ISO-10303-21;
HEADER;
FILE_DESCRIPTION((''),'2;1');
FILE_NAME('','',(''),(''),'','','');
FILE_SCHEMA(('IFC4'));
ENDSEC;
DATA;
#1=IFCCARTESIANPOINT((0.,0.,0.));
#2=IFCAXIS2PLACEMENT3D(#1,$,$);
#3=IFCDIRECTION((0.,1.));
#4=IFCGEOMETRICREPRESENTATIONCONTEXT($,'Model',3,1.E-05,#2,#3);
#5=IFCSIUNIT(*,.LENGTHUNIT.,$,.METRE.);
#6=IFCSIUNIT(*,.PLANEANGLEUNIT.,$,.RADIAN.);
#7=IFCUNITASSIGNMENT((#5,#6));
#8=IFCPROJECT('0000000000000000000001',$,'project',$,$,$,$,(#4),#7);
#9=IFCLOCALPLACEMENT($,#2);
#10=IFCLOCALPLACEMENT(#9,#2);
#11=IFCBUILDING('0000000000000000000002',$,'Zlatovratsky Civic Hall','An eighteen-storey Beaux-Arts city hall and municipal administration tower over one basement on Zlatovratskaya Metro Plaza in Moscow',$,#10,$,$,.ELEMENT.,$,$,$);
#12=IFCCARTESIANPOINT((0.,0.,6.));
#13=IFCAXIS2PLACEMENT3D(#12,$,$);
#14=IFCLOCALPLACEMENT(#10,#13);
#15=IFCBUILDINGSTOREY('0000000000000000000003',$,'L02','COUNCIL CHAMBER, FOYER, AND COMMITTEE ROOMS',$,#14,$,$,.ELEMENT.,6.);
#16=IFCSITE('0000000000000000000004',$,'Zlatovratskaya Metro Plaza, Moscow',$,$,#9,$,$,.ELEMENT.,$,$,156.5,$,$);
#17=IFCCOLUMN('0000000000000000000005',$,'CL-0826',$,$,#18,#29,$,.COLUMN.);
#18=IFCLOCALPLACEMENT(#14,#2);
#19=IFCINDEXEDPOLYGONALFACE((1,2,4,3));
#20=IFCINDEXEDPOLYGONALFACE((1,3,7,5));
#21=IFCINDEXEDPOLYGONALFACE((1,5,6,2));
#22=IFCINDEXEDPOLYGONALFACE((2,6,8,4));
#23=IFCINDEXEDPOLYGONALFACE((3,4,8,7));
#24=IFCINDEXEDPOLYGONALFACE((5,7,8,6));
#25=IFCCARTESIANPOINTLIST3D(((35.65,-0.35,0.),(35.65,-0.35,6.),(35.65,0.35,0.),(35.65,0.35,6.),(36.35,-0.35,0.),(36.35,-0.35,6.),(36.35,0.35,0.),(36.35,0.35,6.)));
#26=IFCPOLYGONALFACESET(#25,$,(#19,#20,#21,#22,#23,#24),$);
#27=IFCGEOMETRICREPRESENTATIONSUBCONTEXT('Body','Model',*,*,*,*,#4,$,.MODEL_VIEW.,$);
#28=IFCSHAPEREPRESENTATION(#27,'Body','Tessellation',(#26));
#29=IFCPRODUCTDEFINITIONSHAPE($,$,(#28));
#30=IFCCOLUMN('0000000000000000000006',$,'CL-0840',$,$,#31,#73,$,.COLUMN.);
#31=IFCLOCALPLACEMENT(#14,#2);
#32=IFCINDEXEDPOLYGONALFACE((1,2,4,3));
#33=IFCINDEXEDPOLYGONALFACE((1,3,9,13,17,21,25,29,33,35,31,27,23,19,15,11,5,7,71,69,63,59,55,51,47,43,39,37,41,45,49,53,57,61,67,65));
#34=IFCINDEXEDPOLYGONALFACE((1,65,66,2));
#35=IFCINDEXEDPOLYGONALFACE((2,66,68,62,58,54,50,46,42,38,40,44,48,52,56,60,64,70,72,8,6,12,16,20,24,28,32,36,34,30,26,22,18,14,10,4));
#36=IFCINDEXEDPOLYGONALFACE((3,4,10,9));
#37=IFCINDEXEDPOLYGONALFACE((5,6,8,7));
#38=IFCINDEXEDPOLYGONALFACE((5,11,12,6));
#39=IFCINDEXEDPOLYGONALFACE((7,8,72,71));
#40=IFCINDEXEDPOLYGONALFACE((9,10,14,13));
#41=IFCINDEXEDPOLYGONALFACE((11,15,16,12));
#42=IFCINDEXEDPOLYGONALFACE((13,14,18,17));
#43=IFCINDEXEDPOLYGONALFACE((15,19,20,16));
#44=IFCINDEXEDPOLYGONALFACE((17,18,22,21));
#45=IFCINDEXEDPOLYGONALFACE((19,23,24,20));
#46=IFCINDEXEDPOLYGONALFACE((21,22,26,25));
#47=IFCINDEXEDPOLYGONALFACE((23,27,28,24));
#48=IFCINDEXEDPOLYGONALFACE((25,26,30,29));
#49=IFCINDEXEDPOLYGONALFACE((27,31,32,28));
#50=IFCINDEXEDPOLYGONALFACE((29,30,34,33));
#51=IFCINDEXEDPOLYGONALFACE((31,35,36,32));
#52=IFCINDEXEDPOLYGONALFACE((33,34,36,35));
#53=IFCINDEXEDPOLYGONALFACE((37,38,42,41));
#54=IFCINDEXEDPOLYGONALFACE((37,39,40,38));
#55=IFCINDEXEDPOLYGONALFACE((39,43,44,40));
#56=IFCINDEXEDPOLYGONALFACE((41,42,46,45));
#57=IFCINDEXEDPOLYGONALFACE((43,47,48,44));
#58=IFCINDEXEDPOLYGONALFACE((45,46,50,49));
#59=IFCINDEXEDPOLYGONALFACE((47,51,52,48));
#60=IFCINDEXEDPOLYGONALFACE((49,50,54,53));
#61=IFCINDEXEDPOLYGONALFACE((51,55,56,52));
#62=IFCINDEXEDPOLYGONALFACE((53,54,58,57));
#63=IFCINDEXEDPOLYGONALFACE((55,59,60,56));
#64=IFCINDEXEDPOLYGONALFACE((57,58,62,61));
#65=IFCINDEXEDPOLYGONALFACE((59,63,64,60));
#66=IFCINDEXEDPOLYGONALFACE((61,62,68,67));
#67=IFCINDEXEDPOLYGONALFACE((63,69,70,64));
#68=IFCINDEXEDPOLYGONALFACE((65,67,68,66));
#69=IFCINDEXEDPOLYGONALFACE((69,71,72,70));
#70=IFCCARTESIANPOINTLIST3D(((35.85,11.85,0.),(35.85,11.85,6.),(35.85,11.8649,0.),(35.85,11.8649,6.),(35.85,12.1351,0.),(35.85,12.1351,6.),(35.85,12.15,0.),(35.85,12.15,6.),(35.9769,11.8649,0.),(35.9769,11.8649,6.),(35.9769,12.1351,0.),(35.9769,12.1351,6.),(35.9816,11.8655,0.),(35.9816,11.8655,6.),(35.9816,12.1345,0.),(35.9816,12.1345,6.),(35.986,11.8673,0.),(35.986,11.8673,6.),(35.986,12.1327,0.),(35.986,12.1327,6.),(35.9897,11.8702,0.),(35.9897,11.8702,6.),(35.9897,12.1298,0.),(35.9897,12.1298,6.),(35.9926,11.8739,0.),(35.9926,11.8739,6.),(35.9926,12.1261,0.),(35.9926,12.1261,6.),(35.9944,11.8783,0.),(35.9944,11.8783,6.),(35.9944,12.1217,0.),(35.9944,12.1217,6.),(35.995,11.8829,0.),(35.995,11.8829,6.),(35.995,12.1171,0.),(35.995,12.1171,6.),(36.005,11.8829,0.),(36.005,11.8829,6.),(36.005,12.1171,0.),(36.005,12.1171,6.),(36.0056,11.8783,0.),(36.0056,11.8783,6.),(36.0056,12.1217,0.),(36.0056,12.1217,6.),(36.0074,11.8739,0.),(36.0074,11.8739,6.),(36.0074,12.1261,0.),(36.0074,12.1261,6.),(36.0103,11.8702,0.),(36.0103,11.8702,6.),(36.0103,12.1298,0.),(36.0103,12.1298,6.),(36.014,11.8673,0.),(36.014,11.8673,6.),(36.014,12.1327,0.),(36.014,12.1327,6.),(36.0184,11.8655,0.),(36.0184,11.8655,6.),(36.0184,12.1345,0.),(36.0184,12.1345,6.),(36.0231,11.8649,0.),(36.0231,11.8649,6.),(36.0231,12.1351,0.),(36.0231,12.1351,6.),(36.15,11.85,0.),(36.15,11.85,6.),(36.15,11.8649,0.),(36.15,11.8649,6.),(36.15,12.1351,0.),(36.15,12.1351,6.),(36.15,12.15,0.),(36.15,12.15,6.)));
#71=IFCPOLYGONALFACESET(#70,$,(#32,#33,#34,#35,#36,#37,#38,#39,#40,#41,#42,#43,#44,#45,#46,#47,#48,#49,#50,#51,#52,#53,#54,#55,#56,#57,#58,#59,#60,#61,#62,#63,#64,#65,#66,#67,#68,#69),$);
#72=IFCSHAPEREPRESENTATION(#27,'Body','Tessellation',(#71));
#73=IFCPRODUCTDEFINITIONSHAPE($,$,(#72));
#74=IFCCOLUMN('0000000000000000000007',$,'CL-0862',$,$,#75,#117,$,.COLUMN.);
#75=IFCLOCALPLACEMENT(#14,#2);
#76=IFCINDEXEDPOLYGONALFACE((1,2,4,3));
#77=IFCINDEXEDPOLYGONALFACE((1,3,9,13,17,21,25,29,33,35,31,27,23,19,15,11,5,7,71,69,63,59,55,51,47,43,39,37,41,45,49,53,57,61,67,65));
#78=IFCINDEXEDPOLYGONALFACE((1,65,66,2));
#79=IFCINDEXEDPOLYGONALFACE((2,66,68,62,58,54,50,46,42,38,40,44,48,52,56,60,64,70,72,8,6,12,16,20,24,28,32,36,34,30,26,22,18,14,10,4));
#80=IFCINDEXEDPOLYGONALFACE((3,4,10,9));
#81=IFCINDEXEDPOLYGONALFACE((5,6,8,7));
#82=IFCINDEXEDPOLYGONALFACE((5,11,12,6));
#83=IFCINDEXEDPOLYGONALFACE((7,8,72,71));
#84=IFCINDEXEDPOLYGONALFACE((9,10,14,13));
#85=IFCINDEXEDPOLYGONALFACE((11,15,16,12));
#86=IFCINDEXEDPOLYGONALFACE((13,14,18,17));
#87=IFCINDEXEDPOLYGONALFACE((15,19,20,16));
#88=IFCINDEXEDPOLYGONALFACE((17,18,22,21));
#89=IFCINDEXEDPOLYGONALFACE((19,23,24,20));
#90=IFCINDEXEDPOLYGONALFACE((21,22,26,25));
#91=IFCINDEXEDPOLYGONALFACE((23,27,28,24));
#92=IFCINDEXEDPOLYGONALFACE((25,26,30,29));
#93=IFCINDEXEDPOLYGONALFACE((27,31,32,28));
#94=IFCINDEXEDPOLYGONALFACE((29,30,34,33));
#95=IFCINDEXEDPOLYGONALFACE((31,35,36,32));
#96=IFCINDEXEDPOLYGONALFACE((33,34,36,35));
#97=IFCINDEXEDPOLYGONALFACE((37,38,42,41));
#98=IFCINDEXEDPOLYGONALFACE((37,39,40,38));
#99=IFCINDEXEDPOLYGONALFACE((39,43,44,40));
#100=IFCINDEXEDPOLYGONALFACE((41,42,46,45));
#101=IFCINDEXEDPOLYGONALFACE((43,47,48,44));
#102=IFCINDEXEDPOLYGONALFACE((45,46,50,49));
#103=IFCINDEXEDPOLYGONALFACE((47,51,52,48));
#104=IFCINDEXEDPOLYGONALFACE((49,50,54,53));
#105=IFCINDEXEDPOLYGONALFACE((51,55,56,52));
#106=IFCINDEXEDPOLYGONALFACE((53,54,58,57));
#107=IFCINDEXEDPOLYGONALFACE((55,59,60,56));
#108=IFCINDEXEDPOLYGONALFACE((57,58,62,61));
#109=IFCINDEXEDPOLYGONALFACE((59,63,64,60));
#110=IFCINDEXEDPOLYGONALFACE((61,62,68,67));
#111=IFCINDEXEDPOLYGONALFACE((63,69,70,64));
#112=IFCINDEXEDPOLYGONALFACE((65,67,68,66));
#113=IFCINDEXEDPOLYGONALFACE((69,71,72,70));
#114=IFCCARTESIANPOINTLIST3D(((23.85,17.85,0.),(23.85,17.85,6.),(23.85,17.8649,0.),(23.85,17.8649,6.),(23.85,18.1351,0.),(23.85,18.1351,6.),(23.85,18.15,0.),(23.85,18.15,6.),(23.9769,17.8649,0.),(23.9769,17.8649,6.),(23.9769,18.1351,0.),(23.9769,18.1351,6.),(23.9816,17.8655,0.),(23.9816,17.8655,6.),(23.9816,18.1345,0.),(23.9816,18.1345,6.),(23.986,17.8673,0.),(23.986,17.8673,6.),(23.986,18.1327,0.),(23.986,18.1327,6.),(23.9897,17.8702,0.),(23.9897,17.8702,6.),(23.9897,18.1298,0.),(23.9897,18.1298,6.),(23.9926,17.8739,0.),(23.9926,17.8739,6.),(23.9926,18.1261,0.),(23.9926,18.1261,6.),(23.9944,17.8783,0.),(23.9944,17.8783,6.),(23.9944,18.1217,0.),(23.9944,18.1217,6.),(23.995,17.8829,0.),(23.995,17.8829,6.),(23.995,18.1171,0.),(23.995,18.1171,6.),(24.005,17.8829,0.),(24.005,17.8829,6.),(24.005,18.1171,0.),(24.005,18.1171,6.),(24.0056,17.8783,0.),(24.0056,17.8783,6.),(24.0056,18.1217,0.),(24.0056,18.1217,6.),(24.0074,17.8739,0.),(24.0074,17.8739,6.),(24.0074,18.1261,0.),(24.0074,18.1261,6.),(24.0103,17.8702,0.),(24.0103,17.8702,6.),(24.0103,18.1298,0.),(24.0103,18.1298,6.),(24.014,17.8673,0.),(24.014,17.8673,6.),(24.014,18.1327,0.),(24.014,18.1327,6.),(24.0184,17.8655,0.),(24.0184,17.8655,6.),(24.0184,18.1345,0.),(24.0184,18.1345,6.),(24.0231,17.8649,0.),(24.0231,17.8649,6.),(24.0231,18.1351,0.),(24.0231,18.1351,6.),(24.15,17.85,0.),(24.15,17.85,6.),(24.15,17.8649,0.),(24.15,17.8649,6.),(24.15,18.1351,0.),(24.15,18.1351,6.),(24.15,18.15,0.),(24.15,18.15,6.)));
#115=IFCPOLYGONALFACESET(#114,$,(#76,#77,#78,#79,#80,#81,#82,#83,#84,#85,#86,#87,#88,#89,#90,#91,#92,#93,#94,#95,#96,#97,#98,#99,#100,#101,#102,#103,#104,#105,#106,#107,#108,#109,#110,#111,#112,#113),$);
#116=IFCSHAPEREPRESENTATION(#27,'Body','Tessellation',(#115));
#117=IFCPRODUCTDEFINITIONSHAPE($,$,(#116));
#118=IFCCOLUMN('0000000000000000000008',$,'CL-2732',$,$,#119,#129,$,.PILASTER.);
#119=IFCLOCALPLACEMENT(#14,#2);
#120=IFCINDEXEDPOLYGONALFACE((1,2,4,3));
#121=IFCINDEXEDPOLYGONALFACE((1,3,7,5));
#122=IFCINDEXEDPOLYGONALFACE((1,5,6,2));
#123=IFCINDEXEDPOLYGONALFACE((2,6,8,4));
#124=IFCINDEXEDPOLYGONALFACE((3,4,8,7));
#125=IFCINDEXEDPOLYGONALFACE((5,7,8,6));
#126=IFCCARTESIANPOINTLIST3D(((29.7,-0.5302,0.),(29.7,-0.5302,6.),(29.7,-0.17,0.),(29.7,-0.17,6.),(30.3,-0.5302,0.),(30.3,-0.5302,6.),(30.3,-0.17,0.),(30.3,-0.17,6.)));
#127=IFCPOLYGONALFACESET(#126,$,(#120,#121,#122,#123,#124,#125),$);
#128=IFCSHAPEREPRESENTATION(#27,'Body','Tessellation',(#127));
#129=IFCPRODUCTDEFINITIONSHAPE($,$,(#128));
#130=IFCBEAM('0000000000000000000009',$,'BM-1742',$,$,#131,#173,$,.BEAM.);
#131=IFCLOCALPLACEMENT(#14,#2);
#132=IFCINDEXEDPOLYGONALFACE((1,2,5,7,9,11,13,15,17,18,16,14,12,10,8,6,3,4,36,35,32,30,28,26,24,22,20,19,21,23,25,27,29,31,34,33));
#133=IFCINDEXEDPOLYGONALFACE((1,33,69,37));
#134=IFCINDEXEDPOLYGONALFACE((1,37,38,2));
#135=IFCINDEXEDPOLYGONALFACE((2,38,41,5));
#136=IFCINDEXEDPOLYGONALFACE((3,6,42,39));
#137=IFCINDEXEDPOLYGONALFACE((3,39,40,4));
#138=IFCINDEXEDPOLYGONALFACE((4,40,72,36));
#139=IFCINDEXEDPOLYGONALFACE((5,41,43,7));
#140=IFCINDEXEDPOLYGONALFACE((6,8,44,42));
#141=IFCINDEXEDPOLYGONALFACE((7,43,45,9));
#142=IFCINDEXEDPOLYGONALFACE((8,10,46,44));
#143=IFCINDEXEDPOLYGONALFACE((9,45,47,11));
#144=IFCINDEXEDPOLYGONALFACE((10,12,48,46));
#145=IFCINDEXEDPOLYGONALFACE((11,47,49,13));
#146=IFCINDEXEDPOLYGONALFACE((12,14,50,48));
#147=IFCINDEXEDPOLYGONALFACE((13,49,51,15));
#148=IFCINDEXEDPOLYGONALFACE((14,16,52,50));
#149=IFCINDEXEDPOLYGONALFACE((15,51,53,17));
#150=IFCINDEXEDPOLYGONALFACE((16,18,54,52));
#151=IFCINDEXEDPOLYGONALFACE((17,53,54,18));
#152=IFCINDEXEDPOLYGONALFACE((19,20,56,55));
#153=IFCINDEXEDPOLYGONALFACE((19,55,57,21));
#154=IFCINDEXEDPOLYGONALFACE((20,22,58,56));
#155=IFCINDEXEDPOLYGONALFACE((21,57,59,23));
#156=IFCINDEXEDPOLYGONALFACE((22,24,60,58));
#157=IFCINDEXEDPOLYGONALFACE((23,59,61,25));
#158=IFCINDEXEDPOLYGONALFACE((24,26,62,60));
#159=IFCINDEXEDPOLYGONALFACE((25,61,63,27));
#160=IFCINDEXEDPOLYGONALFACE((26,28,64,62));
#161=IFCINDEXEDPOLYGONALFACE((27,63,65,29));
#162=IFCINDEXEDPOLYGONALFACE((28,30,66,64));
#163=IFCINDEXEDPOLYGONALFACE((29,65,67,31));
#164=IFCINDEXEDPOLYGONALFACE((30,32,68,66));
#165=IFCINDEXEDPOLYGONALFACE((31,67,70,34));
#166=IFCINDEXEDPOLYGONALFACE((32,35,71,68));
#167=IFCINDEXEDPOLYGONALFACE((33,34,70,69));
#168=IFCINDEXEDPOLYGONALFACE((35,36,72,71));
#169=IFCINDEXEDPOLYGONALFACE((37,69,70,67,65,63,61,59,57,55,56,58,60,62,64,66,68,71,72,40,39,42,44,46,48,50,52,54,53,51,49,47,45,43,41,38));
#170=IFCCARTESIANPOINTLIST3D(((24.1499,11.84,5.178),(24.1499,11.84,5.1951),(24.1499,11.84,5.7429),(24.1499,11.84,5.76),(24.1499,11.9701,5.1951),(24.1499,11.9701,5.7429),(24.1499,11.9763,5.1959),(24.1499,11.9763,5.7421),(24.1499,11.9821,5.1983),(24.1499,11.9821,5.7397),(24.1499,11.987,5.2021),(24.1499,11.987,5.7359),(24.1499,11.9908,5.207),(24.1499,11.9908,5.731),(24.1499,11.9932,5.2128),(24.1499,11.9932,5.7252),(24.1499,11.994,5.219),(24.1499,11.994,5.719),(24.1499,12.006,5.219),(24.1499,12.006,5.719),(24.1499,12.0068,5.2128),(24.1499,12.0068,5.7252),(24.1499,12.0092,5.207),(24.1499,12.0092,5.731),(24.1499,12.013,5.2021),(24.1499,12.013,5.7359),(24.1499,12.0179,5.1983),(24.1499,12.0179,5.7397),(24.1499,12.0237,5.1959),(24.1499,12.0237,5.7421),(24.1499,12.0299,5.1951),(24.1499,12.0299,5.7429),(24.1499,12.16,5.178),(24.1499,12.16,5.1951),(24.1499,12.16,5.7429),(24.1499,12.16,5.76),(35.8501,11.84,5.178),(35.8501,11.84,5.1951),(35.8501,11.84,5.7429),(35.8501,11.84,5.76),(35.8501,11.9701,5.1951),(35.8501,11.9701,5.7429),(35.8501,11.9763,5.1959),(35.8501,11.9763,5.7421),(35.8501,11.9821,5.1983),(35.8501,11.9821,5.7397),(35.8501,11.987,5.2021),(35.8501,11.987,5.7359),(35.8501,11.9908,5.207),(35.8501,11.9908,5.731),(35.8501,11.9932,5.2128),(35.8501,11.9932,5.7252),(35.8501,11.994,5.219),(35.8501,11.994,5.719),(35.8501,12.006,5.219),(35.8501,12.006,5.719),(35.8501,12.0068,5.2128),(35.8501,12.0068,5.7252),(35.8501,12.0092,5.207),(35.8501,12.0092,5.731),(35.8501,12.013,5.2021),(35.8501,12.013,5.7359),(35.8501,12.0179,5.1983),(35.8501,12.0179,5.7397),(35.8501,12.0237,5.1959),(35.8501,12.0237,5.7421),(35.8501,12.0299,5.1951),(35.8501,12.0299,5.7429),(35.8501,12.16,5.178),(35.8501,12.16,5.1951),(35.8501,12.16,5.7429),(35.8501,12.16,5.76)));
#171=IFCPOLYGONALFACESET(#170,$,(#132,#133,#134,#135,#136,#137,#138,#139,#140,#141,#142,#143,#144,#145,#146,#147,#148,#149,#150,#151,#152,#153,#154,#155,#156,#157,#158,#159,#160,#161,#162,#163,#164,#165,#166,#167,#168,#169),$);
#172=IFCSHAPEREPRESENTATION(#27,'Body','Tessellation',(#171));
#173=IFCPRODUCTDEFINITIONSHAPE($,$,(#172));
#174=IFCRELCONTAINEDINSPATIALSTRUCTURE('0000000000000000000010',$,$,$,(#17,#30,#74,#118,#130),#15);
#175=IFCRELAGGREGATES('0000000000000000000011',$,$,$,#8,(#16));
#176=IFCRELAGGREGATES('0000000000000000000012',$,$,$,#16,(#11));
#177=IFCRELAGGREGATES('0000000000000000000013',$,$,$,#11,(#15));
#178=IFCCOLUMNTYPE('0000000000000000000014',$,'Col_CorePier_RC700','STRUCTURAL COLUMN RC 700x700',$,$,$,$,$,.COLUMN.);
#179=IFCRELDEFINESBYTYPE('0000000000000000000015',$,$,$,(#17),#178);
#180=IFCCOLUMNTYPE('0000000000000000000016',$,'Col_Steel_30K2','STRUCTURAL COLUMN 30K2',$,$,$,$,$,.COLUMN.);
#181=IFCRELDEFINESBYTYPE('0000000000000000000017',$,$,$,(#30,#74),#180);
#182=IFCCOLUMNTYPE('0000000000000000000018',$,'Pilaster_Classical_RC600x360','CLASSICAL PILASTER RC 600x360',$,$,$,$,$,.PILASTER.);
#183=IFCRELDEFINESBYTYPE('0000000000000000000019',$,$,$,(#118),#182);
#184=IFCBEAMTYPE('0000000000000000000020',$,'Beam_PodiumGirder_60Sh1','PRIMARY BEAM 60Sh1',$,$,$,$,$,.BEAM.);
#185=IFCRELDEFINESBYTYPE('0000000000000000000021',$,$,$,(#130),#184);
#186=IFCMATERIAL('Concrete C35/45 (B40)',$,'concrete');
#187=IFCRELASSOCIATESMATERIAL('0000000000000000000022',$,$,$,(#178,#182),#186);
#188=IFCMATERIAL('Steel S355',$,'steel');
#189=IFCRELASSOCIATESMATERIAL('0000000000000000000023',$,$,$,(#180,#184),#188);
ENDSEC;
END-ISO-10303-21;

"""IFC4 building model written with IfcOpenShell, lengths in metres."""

from ifc_helpers import new_model, si_unit, direction, frame, origin, origin_2d, place, context, subcontext, project, spatial, rectangle, i_section, extrude, material, material_profile, profile_set, type_object, element, save


model = new_model("IFC4")

# Units and contexts
model_context = context("Model", 3, precision=1e-05, world=origin(), true_north=direction((0.0, 1.0)))
body_context = subcontext(model_context, "Body", "Model", "MODEL_VIEW")
ifc_project = project(units=[si_unit("LENGTHUNIT", "METRE"), si_unit("PLANEANGLEUNIT", "RADIAN")], contexts=[model_context])

# Site, building, storey
site_placement = place(None, origin())
site = spatial("IfcSite", under=ifc_project, at=site_placement, Name="Zlatovratskaya Metro Plaza, Moscow", CompositionType="ELEMENT", RefElevation=156.5)
building_placement = place(site_placement, origin())
building = spatial("IfcBuilding", under=site, at=building_placement, Name="Zlatovratsky Civic Hall", Description="An eighteen-storey Beaux-Arts city hall and municipal administration tower over one basement on Zlatovratskaya Metro Plaza in Moscow", CompositionType="ELEMENT")
storey_placement = place(building_placement, frame((0.0, 0.0, 6.0)))
storey = spatial("IfcBuildingStorey", under=building, at=storey_placement, Name="L02", Description="COUNCIL CHAMBER, FOYER, AND COMMITTEE ROOMS", CompositionType="ELEMENT", Elevation=6.0)

# Columns
ifc_material_1 = material(Name="Concrete C35/45 (B40)", Category="concrete")
ifc_material_profile_1 = material_profile(ifc_material_1, rectangle(XDim=0.7, YDim=0.7, at=origin_2d()), Name="RC 700x700")
ifc_profile_set_1 = profile_set([ifc_material_profile_1], Name="Concrete C35/45 (B40)")
column_type_1 = type_object("IfcColumnType", Name="Col_CorePier_RC700", Description="STRUCTURAL COLUMN RC 700x700", PredefinedType="COLUMN", material=ifc_profile_set_1)
column_1_placement = place(storey_placement, frame((36.0, 0.0, 0.0), z_axis=(0.0, 0.0, 1.0), x_axis=(1.0, 0.0, 0.0)))
element("IfcColumn", 1, at=column_1_placement, inside=storey, type_object=column_type_1, Name="CL-0826", PredefinedType="COLUMN", context=body_context, shape_type="SweptSolid", body=[
    extrude(rectangle(XDim=0.7, YDim=0.7, at=origin_2d()), origin(), (0.0, 0.0, 1.0), 6.0),
])
ifc_material_2 = material(Name="Steel S355", Category="steel")
ifc_material_profile_2 = material_profile(ifc_material_2, i_section(OverallWidth=0.3, OverallDepth=0.3, WebThickness=0.01, FlangeThickness=0.0149, FilletRadius=0.0181, at=origin_2d()), Name="30K2")
ifc_profile_set_2 = profile_set([ifc_material_profile_2], Name="Steel S355")
column_type_2 = type_object("IfcColumnType", Name="Col_Steel_30K2", Description="STRUCTURAL COLUMN 30K2", PredefinedType="COLUMN", material=ifc_profile_set_2)
for number, where, z_axis, x_axis, name in (
    (2, (36.0, 12.0, 0.0), (0.0, 0.0, 1.0), (1.0, 0.0, 0.0), "CL-0840"),
    (3, (24.0, 18.0, 0.0), (0.0, 0.0, 1.0), (1.0, 0.0, 0.0), "CL-0862"),
):
    element("IfcColumn", number, at=place(storey_placement, frame(where, z_axis=z_axis, x_axis=x_axis)), inside=storey, type_object=column_type_2, Name=name, PredefinedType="COLUMN", context=body_context, shape_type="SweptSolid", body=[
        extrude(i_section(OverallWidth=0.3, OverallDepth=0.3, WebThickness=0.01, FlangeThickness=0.0149, FilletRadius=0.0181, at=origin_2d()), origin(), (0.0, 0.0, 1.0), 6.0),
    ])
ifc_material_profile_3 = material_profile(ifc_material_1, rectangle(XDim=0.6001, YDim=0.3601, at=origin_2d()), Name="RC 600x360")
ifc_profile_set_3 = profile_set([ifc_material_profile_3], Name="Concrete C35/45 (B40)")
column_type_3 = type_object("IfcColumnType", Name="Pilaster_Classical_RC600x360", Description="CLASSICAL PILASTER RC 600x360", PredefinedType="PILASTER", material=ifc_profile_set_3)
column_2_placement = place(storey_placement, frame((30.0, -0.3501, 0.0), z_axis=(0.0, 0.0, 1.0), x_axis=(1.0, 0.0, 0.0)))
element("IfcColumn", 4, at=column_2_placement, inside=storey, type_object=column_type_3, Name="CL-2732", PredefinedType="PILASTER", context=body_context, shape_type="SweptSolid", body=[
    extrude(rectangle(XDim=0.6001, YDim=0.3601, at=origin_2d()), origin(), (0.0, 0.0, 1.0), 6.0),
])

# Beam
ifc_material_profile_4 = material_profile(ifc_material_2, i_section(OverallWidth=0.3201, OverallDepth=0.582, WebThickness=0.012, FlangeThickness=0.0171, FilletRadius=0.0239, at=origin_2d()), Name="60Sh1")
ifc_profile_set_4 = profile_set([ifc_material_profile_4], Name="Steel S355")
beam_type_1 = type_object("IfcBeamType", Name="Beam_PodiumGirder_60Sh1", Description="PRIMARY BEAM 60Sh1", PredefinedType="BEAM", material=ifc_profile_set_4)
for number, where, z_axis, x_axis, name in (
    (5, (24.1499, 12.0, 5.469), (1.0, 0.0, 0.0), (0.0, 1.0, 0.0), "BM-1742"),
):
    element("IfcBeam", number, at=place(storey_placement, frame(where, z_axis=z_axis, x_axis=x_axis)), inside=storey, type_object=beam_type_1, Name=name, PredefinedType="BEAM", context=body_context, shape_type="SweptSolid", body=[
        extrude(i_section(OverallWidth=0.3201, OverallDepth=0.582, WebThickness=0.012, FlangeThickness=0.0171, FilletRadius=0.0239, at=origin_2d()), origin(), (0.0, 0.0, 1.0), 11.7002),
    ])

save(model, "model.ifc")
